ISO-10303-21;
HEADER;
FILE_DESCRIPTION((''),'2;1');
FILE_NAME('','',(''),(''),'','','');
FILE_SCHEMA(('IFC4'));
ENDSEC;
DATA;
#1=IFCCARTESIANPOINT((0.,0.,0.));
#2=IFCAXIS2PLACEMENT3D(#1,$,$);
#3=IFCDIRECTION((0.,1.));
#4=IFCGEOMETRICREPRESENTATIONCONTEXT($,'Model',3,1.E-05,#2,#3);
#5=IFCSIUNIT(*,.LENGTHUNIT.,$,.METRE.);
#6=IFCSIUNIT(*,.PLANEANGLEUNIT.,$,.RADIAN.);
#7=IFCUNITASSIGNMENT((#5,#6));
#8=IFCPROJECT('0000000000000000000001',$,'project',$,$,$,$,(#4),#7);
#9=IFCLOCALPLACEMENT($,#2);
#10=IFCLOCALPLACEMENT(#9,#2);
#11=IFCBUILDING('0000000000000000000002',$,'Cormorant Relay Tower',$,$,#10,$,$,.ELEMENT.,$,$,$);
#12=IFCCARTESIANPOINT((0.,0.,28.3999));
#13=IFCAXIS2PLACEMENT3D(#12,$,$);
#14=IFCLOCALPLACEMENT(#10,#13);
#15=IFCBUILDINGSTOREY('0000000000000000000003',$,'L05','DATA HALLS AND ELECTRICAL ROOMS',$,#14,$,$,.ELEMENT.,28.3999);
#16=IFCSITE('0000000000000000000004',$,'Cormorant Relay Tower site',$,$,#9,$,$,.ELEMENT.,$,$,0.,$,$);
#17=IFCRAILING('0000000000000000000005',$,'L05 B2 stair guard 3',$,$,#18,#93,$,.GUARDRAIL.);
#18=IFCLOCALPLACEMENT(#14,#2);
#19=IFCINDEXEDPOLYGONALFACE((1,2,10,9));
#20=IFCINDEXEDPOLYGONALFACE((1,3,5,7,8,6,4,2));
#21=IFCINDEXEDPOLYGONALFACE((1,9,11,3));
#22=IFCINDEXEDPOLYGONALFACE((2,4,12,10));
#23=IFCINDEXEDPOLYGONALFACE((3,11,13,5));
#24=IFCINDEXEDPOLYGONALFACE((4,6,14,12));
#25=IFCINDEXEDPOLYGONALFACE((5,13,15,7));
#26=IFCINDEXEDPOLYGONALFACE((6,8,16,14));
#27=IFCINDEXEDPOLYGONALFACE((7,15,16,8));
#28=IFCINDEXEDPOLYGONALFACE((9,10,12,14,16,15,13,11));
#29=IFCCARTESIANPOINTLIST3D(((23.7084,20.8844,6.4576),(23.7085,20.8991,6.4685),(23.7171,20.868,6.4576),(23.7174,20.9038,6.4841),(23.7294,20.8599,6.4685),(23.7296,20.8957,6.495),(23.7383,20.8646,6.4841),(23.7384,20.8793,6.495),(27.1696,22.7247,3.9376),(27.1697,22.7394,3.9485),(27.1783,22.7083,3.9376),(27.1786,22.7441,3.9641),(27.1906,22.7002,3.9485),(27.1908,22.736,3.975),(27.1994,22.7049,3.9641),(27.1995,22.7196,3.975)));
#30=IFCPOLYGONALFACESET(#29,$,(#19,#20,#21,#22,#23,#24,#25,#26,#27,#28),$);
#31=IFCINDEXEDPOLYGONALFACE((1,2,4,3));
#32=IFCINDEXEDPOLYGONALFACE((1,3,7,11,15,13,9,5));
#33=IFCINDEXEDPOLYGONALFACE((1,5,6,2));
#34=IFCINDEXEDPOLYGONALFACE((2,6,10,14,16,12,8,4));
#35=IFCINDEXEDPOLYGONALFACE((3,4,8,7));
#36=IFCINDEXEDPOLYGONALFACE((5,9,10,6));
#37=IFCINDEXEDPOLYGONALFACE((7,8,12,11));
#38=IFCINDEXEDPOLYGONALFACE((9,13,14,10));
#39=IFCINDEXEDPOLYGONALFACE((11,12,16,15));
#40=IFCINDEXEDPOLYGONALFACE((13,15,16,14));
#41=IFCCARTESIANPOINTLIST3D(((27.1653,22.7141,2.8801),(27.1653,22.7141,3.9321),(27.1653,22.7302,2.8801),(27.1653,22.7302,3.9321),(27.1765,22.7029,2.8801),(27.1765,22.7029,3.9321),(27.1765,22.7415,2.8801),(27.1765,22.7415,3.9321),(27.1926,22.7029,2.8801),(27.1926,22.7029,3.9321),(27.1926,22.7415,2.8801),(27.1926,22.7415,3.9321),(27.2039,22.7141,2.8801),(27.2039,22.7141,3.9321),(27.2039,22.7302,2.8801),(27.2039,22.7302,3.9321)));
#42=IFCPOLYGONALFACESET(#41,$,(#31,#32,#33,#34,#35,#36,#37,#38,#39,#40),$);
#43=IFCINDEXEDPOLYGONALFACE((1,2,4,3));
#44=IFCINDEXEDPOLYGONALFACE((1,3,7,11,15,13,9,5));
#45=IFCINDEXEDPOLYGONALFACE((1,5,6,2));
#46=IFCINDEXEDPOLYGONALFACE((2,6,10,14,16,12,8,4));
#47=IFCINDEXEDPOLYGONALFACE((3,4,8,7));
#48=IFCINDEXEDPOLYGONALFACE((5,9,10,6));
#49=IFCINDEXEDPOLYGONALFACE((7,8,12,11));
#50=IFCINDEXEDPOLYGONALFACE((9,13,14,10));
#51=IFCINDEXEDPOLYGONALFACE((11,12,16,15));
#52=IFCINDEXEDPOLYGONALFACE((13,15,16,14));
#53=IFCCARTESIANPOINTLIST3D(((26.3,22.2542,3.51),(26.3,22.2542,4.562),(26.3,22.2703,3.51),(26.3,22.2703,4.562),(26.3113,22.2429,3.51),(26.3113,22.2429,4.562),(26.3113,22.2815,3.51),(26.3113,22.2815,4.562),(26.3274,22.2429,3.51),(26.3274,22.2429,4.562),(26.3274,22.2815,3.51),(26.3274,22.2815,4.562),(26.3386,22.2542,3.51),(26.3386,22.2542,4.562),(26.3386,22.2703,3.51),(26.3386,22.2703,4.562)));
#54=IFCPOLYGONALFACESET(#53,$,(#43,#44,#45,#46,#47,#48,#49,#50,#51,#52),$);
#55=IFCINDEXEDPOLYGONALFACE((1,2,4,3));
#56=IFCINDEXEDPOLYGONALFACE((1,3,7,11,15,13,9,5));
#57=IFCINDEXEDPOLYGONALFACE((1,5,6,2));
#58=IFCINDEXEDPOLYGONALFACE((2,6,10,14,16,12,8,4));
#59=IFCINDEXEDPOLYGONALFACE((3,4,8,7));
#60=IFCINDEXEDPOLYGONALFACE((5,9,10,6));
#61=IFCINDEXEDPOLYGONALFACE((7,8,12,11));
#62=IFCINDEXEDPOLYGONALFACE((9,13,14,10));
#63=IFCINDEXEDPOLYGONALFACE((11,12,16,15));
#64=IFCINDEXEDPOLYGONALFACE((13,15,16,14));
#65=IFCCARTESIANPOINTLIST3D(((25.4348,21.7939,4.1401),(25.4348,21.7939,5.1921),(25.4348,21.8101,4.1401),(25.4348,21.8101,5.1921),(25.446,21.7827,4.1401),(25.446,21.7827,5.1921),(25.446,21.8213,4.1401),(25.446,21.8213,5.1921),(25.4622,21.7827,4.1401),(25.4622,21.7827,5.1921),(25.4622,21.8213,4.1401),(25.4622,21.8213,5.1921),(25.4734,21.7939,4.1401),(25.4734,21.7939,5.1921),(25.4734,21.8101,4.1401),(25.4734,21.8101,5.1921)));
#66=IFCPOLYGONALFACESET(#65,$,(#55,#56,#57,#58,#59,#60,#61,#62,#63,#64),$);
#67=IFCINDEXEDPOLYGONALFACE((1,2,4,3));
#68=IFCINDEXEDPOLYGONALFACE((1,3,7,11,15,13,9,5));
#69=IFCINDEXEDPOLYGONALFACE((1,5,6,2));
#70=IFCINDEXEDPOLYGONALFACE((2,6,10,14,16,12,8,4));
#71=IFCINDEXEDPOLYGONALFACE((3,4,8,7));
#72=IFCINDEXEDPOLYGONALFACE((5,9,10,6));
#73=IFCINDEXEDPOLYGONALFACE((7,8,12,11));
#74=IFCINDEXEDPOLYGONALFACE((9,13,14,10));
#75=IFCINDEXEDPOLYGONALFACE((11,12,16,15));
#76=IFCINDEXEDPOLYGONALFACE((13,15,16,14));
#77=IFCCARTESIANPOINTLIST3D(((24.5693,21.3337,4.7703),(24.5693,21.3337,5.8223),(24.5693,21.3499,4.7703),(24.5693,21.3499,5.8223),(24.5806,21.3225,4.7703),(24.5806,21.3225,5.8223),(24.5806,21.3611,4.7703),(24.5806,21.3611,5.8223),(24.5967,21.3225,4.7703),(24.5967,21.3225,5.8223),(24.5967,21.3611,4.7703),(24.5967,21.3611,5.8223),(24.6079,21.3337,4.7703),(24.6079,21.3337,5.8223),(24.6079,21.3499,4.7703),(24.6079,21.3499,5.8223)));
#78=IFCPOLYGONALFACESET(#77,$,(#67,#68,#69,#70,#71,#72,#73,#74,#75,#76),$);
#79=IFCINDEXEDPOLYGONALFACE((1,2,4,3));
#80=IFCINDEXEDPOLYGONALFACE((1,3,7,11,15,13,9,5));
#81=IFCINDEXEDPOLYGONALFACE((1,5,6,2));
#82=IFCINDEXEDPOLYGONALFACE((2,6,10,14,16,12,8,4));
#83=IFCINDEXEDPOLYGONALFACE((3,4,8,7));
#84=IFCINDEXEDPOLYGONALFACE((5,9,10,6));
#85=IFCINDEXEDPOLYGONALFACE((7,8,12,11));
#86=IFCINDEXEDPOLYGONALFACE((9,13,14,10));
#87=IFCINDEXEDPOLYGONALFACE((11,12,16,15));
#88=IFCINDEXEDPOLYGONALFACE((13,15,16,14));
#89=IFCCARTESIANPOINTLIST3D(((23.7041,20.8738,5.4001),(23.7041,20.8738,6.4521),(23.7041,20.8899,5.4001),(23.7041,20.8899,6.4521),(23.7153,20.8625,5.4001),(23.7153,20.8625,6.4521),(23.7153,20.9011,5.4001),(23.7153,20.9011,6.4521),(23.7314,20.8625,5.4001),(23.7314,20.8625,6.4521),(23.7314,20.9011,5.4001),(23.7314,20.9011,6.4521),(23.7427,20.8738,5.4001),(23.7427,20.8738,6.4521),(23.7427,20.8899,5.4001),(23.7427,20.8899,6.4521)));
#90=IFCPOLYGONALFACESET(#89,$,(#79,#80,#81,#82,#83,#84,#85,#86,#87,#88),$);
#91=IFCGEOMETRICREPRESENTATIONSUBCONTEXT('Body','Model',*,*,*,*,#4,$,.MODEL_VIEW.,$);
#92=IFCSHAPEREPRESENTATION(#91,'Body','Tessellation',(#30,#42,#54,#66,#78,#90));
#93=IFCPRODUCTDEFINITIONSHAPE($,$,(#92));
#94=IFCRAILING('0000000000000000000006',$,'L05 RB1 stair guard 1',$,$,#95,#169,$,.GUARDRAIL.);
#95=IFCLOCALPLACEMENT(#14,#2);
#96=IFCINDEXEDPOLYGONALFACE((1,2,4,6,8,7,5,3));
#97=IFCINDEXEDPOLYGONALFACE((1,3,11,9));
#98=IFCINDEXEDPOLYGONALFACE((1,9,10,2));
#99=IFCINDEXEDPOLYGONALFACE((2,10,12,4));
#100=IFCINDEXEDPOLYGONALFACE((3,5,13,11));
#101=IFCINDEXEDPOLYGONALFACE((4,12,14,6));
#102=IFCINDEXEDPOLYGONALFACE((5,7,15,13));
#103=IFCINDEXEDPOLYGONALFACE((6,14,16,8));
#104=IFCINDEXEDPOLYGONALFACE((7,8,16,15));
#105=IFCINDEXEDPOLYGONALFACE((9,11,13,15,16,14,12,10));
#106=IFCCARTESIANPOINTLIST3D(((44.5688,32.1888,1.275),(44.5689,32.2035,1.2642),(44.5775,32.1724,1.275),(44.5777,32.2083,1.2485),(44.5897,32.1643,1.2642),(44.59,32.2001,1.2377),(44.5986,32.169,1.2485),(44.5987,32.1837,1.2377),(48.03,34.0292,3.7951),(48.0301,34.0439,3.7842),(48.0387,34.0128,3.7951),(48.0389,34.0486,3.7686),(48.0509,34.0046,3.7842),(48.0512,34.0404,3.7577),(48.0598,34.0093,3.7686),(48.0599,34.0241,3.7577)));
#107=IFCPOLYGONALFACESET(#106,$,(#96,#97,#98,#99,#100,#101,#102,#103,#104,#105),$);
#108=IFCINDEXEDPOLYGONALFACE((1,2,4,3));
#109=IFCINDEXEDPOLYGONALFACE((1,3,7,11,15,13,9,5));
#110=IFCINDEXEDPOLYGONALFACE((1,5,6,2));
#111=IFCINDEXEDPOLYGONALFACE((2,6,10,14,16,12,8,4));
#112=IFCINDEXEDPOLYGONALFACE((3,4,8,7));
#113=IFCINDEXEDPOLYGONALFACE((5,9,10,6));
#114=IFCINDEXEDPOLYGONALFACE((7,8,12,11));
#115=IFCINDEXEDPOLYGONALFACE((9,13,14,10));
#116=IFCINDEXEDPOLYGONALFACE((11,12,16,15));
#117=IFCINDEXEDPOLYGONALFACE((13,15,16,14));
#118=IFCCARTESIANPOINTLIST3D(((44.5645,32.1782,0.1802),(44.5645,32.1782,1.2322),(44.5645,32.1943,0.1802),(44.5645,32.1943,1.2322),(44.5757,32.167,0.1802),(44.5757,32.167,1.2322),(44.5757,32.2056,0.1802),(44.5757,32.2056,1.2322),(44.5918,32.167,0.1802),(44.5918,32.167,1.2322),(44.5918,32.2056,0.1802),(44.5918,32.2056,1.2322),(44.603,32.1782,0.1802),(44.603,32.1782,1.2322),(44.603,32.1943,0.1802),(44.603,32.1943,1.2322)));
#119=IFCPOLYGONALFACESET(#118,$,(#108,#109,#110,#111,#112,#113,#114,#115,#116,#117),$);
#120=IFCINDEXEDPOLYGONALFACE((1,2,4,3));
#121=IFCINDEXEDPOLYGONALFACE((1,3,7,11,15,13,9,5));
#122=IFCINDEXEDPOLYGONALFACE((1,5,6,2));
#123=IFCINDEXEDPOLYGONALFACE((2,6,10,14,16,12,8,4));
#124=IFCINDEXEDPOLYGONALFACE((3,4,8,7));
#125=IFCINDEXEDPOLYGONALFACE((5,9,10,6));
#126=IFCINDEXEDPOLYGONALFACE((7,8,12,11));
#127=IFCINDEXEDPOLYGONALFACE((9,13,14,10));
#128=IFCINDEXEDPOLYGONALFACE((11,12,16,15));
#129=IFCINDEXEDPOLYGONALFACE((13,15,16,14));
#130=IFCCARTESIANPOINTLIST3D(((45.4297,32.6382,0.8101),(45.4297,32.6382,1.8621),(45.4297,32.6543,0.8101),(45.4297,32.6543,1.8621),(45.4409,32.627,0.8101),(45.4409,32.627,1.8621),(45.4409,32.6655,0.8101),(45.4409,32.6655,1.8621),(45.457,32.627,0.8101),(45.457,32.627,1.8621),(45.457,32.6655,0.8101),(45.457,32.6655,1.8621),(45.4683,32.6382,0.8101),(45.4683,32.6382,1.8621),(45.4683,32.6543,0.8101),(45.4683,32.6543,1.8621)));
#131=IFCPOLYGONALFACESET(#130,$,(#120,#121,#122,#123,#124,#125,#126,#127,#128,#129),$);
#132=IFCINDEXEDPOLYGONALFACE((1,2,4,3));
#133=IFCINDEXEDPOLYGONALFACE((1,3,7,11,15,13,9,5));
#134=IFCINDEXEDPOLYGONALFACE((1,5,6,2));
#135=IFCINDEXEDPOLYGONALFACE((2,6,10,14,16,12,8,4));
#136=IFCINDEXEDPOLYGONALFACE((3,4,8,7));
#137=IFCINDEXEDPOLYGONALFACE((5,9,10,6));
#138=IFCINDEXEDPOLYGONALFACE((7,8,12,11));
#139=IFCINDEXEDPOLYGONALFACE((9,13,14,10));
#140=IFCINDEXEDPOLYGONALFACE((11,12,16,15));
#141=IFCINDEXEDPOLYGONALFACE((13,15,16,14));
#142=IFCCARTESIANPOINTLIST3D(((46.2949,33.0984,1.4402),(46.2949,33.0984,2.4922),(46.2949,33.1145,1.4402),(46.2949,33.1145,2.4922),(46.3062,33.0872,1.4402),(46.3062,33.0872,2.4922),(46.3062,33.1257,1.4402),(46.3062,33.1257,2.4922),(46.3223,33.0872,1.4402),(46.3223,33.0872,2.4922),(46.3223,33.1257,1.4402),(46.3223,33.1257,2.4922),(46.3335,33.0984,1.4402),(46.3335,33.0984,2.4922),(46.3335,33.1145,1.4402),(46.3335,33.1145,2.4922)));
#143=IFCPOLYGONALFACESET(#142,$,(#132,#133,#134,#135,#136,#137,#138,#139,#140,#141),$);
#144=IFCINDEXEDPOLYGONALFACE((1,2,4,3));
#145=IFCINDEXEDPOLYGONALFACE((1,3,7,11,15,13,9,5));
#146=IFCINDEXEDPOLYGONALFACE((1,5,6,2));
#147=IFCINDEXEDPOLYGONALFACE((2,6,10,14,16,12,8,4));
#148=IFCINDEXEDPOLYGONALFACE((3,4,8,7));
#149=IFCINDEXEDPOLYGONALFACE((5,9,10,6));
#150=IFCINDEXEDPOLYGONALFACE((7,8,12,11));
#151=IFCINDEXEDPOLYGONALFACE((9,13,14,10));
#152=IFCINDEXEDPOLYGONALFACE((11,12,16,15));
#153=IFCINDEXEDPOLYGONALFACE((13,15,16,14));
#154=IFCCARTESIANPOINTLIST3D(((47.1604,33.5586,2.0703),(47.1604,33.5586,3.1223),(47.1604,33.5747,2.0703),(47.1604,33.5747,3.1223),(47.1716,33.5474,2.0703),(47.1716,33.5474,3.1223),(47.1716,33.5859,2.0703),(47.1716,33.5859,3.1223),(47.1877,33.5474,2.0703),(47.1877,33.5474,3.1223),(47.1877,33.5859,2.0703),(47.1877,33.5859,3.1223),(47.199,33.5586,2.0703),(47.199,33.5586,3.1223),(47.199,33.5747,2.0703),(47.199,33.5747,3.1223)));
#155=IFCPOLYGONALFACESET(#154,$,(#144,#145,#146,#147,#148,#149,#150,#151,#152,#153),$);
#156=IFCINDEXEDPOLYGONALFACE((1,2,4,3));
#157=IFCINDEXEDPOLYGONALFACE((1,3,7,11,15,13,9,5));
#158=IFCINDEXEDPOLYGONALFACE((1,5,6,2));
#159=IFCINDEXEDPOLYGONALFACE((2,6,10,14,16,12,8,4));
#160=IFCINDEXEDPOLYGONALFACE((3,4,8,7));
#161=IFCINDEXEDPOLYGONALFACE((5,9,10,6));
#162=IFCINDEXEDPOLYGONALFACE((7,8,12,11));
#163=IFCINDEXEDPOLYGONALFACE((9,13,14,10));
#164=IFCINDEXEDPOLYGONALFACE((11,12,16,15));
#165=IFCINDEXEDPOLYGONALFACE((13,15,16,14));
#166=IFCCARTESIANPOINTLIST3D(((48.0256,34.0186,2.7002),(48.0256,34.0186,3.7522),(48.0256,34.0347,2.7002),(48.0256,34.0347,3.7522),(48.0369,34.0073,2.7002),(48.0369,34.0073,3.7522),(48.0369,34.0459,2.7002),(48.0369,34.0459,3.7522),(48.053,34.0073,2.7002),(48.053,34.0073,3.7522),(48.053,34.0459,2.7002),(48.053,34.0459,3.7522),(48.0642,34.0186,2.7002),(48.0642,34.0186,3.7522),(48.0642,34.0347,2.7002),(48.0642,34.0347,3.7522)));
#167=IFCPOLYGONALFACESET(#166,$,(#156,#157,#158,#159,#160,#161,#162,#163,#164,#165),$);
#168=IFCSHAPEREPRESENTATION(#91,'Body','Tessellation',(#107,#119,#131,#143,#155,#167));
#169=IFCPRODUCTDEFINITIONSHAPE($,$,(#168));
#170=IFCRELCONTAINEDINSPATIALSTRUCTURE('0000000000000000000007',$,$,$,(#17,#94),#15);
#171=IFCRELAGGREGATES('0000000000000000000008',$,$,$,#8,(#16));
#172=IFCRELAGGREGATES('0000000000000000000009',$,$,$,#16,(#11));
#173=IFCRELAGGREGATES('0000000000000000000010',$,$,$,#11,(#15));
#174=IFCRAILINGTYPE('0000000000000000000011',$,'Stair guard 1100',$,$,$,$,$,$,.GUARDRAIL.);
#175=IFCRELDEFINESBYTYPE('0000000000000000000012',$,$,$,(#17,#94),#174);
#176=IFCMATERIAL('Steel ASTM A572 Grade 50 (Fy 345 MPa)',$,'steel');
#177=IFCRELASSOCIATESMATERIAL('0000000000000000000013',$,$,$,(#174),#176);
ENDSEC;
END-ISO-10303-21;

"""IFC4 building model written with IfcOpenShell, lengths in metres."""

from ifc_helpers import new_model, si_unit, direction, frame, origin, place, context, subcontext, project, spatial, polyline, outline, extrude, material, type_object, element, save


model = new_model("IFC4")

# Units and contexts
model_context = context("Model", 3, precision=1e-05, world=origin(), true_north=direction((0.0, 1.0)))
body_context = subcontext(model_context, "Body", "Model", "MODEL_VIEW")
ifc_project = project(units=[si_unit("LENGTHUNIT", "METRE"), si_unit("PLANEANGLEUNIT", "RADIAN")], contexts=[model_context])

# Site, building, storey
site_placement = place(None, origin())
site = spatial("IfcSite", under=ifc_project, at=site_placement, Name="Cormorant Relay Tower site", CompositionType="ELEMENT", RefElevation=0.0)
building_placement = place(site_placement, origin())
building = spatial("IfcBuilding", under=site, at=building_placement, Name="Cormorant Relay Tower", CompositionType="ELEMENT")
storey_placement = place(building_placement, frame((0.0, 0.0, 28.3999)))
storey = spatial("IfcBuildingStorey", under=building, at=storey_placement, Name="L05", Description="DATA HALLS AND ELECTRICAL ROOMS", CompositionType="ELEMENT", Elevation=28.3999)

# Railings
ifc_material_1 = material(Name="Steel ASTM A572 Grade 50 (Fy 345 MPa)", Category="steel")
railing_type = type_object("IfcRailingType", Name="Stair guard 1100", PredefinedType="GUARDRAIL", material=ifc_material_1)
railing_1_placement = place(storey_placement, frame((27.1846, 22.7222, 2.8801)))
element("IfcRailing", 1, at=railing_1_placement, inside=storey, type_object=railing_type, Name="L05 B2 stair guard 3", PredefinedType="GUARDRAIL", context=body_context, shape_type="SweptSolid", body=[
    extrude(outline(polyline([(0.0222, 0.0093), (0.0093, 0.0222), (-0.0093, 0.0222), (-0.0222, 0.0093), (-0.0222, -0.0093), (-0.0093, -0.0222), (0.0093, -0.0222), (0.0222, -0.0093), (0.0222, 0.0093)])), frame((0.0, 0.0, 1.0762), z_axis=(-0.742717, -0.394907, 0.540758), x_axis=(0.469469, -0.882949, 0.0)), (0.0, 0.0, 1.0), 4.6602),
    extrude(outline(polyline([(0.0193, 0.0081), (0.0081, 0.0193), (-0.0081, 0.0193), (-0.0193, 0.0081), (-0.0193, -0.0081), (-0.0081, -0.0193), (0.0081, -0.0193), (0.0193, -0.0081), (0.0193, 0.0081)])), origin(), (0.0, 0.0, 1.0), 1.052),
    extrude(outline(polyline([(0.0193, 0.0081), (0.0081, 0.0193), (-0.0081, 0.0193), (-0.0193, 0.0081), (-0.0193, -0.0081), (-0.0081, -0.0193), (0.0081, -0.0193), (0.0193, -0.0081), (0.0193, 0.0081)])), frame((-0.8652, -0.46, 0.6299)), (0.0, 0.0, 1.0), 1.052),
    extrude(outline(polyline([(0.0193, 0.0081), (0.0081, 0.0193), (-0.0081, 0.0193), (-0.0193, 0.0081), (-0.0193, -0.0081), (-0.0081, -0.0193), (0.0081, -0.0193), (0.0193, -0.0081), (0.0193, 0.0081)])), frame((-1.7305, -0.9202, 1.26)), (0.0, 0.0, 1.0), 1.052),
    extrude(outline(polyline([(0.0193, 0.0081), (0.0081, 0.0193), (-0.0081, 0.0193), (-0.0193, 0.0081), (-0.0193, -0.0081), (-0.0081, -0.0193), (0.0081, -0.0193), (0.0193, -0.0081), (0.0193, 0.0081)])), frame((-2.5959, -1.3804, 1.8901)), (0.0, 0.0, 1.0), 1.052),
    extrude(outline(polyline([(0.0193, 0.0081), (0.0081, 0.0193), (-0.0081, 0.0193), (-0.0193, 0.0081), (-0.0193, -0.0081), (-0.0081, -0.0193), (0.0081, -0.0193), (0.0193, -0.0081), (0.0193, 0.0081)])), frame((-3.4612, -1.8403, 2.52)), (0.0, 0.0, 1.0), 1.052),
])
railing_2_placement = place(storey_placement, frame((44.5837, 32.1863, 0.1802)))
element("IfcRailing", 2, at=railing_2_placement, inside=storey, type_object=railing_type, Name="L05 RB1 stair guard 1", PredefinedType="GUARDRAIL", context=body_context, shape_type="SweptSolid", body=[
    extrude(outline(polyline([(0.0222, 0.0093), (0.0093, 0.0222), (-0.0093, 0.0222), (-0.0222, 0.0093), (-0.0222, -0.0093), (-0.0093, -0.0222), (0.0093, -0.0222), (0.0222, -0.0093), (0.0222, 0.0093)])), frame((0.0, 0.0, 1.0762), z_axis=(0.742717, 0.394907, 0.540758), x_axis=(-0.469469, 0.882949, 0.0)), (0.0, 0.0, 1.0), 4.6602),
    extrude(outline(polyline([(0.0193, 0.0081), (0.0081, 0.0193), (-0.0081, 0.0193), (-0.0193, 0.0081), (-0.0193, -0.0081), (-0.0081, -0.0193), (0.0081, -0.0193), (0.0193, -0.0081), (0.0193, 0.0081)])), origin(), (0.0, 0.0, 1.0), 1.052),
    extrude(outline(polyline([(0.0193, 0.0081), (0.0081, 0.0193), (-0.0081, 0.0193), (-0.0193, 0.0081), (-0.0193, -0.0081), (-0.0081, -0.0193), (0.0081, -0.0193), (0.0193, -0.0081), (0.0193, 0.0081)])), frame((0.8652, 0.46, 0.6299)), (0.0, 0.0, 1.0), 1.052),
    extrude(outline(polyline([(0.0193, 0.0081), (0.0081, 0.0193), (-0.0081, 0.0193), (-0.0193, 0.0081), (-0.0193, -0.0081), (-0.0081, -0.0193), (0.0081, -0.0193), (0.0193, -0.0081), (0.0193, 0.0081)])), frame((1.7305, 0.9202, 1.26)), (0.0, 0.0, 1.0), 1.052),
    extrude(outline(polyline([(0.0193, 0.0081), (0.0081, 0.0193), (-0.0081, 0.0193), (-0.0193, 0.0081), (-0.0193, -0.0081), (-0.0081, -0.0193), (0.0081, -0.0193), (0.0193, -0.0081), (0.0193, 0.0081)])), frame((2.5959, 1.3804, 1.8901)), (0.0, 0.0, 1.0), 1.052),
    extrude(outline(polyline([(0.0193, 0.0081), (0.0081, 0.0193), (-0.0081, 0.0193), (-0.0193, 0.0081), (-0.0193, -0.0081), (-0.0081, -0.0193), (0.0081, -0.0193), (0.0193, -0.0081), (0.0193, 0.0081)])), frame((3.4612, 1.8403, 2.52)), (0.0, 0.0, 1.0), 1.052),
])

save(model, "model.ifc")
